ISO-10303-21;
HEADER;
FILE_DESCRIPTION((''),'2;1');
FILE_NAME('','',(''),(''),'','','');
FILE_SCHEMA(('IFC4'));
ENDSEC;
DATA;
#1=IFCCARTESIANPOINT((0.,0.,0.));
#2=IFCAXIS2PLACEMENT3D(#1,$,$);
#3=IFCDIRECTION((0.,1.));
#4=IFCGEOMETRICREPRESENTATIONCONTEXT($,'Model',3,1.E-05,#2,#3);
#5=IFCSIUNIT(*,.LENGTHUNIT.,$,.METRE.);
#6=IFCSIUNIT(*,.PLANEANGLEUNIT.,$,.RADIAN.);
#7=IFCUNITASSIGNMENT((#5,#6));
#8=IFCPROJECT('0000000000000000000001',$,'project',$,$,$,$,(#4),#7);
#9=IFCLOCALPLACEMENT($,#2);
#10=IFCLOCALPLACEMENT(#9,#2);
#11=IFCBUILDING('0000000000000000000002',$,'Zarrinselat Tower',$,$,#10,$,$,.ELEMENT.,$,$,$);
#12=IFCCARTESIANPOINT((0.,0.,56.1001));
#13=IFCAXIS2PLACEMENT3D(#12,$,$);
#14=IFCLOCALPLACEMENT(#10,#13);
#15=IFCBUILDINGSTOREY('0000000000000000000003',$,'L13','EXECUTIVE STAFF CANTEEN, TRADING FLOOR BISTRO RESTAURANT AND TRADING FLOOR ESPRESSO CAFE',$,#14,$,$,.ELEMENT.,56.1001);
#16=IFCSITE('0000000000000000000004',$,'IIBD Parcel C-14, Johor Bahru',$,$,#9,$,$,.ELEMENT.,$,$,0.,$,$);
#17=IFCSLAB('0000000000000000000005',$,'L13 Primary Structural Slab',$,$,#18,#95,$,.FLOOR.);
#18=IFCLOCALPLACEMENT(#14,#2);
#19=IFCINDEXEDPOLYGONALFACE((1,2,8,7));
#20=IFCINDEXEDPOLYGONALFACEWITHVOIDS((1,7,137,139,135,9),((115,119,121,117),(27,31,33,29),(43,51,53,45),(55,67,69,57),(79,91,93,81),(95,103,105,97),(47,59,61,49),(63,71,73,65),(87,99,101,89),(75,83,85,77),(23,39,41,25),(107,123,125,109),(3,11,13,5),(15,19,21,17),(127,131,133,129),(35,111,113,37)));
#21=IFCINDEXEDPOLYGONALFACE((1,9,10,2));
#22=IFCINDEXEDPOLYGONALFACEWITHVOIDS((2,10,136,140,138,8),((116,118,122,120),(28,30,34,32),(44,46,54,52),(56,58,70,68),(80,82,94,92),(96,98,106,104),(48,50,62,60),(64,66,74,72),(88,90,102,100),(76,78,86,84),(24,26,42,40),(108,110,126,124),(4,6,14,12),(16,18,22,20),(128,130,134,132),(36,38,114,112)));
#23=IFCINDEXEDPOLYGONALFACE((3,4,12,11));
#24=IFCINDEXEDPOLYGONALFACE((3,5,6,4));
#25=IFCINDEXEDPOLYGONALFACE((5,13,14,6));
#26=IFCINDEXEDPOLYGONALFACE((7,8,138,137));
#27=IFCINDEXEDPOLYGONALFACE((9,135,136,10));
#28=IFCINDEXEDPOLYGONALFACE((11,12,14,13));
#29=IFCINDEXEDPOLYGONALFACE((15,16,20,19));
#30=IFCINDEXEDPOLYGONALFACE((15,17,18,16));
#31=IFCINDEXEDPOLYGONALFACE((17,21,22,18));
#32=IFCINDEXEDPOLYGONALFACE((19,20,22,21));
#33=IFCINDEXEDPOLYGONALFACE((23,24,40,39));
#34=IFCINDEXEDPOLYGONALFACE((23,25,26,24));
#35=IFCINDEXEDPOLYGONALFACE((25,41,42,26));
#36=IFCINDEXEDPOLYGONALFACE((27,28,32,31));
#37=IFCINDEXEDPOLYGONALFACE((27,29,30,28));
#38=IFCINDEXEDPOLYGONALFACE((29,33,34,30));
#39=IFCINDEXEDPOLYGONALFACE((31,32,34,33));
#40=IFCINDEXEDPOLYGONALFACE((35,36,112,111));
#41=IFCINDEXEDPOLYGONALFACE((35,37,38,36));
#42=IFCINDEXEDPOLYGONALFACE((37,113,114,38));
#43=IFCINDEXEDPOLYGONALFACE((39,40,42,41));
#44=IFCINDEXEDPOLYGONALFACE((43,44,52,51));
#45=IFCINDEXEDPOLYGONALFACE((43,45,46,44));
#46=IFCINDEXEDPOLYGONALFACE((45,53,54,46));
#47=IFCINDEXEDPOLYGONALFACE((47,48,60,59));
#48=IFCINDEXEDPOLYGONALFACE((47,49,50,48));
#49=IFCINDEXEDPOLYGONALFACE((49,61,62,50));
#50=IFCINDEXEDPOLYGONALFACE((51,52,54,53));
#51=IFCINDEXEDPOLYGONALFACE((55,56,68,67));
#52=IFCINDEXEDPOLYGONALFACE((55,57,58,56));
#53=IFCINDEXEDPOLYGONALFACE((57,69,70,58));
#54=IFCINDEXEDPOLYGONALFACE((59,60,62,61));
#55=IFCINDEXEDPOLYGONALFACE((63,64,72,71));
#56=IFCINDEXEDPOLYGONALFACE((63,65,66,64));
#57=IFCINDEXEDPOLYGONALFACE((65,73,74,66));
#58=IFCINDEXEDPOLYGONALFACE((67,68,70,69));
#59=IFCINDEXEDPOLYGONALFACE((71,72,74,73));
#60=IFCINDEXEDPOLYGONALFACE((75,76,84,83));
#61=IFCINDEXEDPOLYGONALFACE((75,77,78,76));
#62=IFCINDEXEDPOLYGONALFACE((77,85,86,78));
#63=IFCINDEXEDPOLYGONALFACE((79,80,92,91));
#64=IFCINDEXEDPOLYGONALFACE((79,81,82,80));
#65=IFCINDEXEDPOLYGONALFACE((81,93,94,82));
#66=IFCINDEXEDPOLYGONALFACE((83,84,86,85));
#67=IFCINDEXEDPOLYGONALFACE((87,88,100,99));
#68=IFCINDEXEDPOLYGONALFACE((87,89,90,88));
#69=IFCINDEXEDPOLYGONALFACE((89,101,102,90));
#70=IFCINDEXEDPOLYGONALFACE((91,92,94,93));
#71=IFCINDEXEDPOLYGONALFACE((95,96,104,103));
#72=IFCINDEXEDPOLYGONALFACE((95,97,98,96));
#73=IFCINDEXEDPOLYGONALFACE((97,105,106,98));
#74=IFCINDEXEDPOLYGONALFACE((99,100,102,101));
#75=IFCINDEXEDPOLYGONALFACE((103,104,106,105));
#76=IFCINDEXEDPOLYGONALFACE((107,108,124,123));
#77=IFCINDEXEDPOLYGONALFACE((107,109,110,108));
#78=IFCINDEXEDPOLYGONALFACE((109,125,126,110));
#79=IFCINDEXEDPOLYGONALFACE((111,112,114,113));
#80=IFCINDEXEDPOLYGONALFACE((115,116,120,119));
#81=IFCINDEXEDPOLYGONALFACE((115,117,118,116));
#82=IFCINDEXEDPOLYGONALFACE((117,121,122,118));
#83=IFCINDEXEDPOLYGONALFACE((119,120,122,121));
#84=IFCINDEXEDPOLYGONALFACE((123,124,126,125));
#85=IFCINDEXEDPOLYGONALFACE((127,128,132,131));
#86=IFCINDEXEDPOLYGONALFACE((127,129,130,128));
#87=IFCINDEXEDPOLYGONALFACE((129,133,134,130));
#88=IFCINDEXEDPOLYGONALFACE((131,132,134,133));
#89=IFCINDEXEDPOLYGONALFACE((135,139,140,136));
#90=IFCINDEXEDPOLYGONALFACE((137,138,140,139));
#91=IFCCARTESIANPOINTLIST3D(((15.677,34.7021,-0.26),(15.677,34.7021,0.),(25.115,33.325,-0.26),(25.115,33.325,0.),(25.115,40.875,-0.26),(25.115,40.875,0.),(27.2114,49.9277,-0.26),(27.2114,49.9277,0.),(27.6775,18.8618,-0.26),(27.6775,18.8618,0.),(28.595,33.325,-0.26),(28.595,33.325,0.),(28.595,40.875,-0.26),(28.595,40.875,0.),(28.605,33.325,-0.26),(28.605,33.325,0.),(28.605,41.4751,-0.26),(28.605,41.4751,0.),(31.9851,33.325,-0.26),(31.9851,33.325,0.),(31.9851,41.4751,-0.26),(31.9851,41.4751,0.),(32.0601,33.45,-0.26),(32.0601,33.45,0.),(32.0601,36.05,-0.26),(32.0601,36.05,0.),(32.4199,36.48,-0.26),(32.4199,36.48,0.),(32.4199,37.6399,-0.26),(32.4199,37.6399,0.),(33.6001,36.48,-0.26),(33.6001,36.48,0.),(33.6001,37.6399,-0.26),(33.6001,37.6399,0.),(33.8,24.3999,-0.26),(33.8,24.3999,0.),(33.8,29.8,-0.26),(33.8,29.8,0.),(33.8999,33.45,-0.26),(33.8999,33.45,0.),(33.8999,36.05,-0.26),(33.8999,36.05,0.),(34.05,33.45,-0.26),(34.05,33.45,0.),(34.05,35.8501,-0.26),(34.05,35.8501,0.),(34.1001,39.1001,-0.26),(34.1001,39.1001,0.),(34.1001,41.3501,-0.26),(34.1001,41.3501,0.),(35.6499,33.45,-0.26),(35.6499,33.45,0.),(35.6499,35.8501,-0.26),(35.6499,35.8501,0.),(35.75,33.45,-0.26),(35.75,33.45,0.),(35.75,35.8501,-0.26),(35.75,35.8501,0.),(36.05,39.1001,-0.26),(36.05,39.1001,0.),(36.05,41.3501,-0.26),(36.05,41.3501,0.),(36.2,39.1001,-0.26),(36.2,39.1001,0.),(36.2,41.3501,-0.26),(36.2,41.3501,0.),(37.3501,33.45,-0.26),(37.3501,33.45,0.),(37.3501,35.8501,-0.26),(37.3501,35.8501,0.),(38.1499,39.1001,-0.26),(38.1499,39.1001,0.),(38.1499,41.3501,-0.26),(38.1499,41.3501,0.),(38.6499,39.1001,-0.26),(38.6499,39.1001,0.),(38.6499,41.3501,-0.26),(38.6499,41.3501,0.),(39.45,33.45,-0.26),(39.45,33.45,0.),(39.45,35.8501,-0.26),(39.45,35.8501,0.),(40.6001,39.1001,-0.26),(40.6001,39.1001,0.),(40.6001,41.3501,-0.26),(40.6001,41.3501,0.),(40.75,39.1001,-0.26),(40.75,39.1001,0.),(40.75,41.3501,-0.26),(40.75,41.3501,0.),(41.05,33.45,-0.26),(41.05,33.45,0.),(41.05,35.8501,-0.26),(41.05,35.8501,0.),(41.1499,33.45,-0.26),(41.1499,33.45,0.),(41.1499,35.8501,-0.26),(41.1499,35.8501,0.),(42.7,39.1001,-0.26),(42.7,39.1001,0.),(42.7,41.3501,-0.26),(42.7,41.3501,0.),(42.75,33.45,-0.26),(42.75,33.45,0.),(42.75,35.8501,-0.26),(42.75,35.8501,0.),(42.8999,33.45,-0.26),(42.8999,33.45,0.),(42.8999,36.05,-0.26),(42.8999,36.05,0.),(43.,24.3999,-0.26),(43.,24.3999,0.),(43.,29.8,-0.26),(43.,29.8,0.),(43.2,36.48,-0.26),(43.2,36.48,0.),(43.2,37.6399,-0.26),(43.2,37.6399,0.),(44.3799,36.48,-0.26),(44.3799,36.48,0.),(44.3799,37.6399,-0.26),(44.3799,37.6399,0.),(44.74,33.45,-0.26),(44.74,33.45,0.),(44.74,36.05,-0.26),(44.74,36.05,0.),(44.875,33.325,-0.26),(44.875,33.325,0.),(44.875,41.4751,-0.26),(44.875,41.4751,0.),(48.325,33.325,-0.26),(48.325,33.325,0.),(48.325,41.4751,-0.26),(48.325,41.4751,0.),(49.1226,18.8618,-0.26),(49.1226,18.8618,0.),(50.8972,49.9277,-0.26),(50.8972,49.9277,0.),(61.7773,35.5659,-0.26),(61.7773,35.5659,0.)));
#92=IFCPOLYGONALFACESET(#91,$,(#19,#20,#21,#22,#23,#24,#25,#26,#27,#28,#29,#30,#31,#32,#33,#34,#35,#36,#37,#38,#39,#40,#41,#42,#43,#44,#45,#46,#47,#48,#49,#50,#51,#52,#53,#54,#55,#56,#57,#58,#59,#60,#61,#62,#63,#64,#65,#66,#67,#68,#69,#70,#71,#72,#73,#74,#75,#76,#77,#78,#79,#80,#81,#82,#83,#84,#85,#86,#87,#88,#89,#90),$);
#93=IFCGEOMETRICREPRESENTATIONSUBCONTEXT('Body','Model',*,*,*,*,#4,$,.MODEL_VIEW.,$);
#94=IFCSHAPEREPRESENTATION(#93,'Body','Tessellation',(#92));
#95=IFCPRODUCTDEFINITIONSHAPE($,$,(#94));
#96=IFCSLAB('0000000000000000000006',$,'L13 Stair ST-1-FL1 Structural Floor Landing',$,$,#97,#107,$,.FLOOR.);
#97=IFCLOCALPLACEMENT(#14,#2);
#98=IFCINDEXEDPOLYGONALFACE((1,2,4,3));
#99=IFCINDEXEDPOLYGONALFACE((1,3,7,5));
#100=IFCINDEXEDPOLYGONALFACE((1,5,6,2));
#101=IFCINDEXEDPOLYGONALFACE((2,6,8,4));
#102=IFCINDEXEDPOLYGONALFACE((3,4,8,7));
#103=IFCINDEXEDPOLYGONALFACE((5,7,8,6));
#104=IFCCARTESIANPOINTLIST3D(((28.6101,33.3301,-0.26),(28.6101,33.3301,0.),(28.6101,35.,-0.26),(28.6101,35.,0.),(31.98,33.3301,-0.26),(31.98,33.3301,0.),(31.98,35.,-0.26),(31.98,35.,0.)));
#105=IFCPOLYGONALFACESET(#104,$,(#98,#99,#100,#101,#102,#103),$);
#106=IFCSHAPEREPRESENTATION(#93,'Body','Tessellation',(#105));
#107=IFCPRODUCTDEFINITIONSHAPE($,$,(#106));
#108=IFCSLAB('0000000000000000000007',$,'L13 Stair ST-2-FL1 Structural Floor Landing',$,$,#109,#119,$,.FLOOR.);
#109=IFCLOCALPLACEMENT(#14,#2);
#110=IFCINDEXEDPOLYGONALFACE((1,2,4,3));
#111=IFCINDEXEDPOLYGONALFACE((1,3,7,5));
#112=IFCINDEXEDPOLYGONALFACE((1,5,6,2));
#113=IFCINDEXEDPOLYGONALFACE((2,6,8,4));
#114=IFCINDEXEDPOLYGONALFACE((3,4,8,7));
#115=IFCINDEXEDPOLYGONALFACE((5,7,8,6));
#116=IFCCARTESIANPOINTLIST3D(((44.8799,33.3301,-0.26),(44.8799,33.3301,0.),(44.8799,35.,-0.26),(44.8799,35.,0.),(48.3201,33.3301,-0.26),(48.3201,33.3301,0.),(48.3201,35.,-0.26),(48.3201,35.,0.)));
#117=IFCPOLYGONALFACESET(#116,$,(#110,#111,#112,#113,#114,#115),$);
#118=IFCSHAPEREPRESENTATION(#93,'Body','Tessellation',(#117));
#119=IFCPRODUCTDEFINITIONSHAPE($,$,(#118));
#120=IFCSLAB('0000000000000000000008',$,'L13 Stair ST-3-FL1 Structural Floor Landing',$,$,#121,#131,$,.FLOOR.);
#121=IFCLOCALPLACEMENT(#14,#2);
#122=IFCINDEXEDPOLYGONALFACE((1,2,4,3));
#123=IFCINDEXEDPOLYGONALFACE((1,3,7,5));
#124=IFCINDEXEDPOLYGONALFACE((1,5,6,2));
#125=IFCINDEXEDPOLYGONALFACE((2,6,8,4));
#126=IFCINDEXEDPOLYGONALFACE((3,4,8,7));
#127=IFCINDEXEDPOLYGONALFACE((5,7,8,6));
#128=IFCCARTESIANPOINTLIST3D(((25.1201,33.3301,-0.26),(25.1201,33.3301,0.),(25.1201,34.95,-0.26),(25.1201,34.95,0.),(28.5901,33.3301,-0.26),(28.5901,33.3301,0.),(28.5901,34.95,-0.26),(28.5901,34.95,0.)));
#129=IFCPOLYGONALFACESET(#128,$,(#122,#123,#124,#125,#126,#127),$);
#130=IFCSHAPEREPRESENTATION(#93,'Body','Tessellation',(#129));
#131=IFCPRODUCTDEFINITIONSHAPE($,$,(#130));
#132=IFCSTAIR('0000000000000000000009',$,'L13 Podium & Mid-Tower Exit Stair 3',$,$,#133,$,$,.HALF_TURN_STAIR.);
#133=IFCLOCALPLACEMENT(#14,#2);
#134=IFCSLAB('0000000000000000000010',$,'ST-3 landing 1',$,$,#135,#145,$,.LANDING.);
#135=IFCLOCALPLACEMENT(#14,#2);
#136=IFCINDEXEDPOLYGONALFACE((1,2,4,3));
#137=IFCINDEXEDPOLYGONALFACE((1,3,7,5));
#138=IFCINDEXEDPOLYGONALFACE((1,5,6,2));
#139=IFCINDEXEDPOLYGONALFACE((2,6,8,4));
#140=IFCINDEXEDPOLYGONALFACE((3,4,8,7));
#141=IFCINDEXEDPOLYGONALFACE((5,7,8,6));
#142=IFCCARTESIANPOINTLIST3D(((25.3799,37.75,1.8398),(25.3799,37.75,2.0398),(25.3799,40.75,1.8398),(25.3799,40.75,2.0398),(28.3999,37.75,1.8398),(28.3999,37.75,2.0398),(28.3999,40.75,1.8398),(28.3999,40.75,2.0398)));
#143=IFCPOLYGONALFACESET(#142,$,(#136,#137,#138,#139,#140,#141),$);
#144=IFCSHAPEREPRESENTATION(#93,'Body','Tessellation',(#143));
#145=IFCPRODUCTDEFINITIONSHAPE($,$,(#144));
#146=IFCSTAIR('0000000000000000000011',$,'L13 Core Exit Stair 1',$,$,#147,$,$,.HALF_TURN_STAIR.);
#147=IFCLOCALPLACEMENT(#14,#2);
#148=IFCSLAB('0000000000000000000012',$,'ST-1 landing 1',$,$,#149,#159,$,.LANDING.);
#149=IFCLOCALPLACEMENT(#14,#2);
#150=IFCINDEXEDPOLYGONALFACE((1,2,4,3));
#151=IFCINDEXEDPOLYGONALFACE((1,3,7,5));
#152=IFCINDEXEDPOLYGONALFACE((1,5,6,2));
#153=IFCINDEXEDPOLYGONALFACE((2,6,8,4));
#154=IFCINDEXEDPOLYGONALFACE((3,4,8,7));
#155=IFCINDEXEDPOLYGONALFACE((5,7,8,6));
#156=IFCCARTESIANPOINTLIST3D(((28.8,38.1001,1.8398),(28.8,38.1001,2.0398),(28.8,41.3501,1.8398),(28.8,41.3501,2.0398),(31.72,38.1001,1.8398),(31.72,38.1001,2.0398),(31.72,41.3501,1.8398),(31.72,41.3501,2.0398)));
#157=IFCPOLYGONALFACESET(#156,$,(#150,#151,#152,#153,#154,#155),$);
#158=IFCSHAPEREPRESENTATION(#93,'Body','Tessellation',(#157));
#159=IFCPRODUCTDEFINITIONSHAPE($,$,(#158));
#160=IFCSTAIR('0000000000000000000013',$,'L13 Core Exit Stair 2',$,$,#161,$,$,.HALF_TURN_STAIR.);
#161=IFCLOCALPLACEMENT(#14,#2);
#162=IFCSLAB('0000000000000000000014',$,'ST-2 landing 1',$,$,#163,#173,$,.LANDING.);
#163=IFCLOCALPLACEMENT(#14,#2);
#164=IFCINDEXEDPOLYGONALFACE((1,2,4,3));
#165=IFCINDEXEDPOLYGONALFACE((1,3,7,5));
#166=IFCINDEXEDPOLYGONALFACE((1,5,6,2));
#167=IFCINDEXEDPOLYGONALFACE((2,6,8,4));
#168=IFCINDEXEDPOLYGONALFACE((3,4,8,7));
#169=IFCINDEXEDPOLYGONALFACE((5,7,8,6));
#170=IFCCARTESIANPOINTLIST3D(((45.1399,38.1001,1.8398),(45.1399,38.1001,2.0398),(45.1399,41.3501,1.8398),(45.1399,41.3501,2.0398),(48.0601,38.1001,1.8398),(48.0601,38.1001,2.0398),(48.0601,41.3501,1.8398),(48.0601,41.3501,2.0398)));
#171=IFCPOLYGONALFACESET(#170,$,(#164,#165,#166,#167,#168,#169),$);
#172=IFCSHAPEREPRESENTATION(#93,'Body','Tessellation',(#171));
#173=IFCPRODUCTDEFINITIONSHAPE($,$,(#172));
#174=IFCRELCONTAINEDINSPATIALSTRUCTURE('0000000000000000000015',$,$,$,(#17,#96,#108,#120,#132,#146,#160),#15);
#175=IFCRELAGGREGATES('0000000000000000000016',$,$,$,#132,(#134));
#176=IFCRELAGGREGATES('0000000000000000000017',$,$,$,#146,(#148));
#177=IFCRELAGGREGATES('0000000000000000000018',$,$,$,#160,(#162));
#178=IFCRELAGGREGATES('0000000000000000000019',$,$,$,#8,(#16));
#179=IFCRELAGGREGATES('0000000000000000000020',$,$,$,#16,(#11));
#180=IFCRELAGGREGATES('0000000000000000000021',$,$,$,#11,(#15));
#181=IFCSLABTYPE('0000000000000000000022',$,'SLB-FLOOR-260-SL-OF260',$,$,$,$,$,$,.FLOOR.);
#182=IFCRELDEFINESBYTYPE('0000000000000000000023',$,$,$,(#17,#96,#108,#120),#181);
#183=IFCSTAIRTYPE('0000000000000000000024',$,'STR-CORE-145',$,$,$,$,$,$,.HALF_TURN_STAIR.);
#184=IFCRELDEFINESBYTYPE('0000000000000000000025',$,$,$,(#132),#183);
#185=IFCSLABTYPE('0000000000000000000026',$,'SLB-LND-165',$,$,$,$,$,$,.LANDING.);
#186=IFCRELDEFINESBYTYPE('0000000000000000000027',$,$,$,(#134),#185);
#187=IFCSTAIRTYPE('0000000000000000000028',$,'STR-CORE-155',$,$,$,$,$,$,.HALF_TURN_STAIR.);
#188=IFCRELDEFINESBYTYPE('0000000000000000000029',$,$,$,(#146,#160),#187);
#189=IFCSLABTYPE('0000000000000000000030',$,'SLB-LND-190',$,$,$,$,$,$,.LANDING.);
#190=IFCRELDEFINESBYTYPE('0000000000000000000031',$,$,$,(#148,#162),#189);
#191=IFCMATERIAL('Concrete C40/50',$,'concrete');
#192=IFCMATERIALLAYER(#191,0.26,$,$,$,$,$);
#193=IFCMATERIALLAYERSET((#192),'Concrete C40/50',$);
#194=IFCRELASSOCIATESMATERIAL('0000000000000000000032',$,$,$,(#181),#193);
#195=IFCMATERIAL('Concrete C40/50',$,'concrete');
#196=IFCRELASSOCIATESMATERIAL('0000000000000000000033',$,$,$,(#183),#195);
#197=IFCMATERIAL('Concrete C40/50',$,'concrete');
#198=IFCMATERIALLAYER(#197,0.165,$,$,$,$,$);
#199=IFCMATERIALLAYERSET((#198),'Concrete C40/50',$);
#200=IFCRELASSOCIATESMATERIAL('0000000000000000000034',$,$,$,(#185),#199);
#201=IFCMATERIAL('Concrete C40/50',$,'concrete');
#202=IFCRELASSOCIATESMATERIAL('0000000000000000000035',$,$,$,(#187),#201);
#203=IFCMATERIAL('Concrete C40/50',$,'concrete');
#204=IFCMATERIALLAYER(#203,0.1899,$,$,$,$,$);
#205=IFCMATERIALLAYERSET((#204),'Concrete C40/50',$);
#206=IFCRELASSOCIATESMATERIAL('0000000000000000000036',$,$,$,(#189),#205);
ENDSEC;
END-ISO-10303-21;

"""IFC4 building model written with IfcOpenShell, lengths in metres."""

from ifc_helpers import new_model, si_unit, direction, frame, origin, place, context, subcontext, project, spatial, polyline, outline, extrude, material, layer, layer_set, type_object, element, aggregate, save


model = new_model("IFC4")

# Units and contexts
model_context = context("Model", 3, precision=1e-05, world=origin(), true_north=direction((0.0, 1.0)))
body_context = subcontext(model_context, "Body", "Model", "MODEL_VIEW")
ifc_project = project(units=[si_unit("LENGTHUNIT", "METRE"), si_unit("PLANEANGLEUNIT", "RADIAN")], contexts=[model_context])

# Site, building, storey
site_placement = place(None, origin())
site = spatial("IfcSite", under=ifc_project, at=site_placement, Name="IIBD Parcel C-14, Johor Bahru", CompositionType="ELEMENT", RefElevation=0.0)
building_placement = place(site_placement, origin())
building = spatial("IfcBuilding", under=site, at=building_placement, Name="Zarrinselat Tower", CompositionType="ELEMENT")
storey_placement = place(building_placement, frame((0.0, 0.0, 56.1001)))
storey = spatial("IfcBuildingStorey", under=building, at=storey_placement, Name="L13", Description="EXECUTIVE STAFF CANTEEN, TRADING FLOOR BISTRO RESTAURANT AND TRADING FLOOR ESPRESSO CAFE", CompositionType="ELEMENT", Elevation=56.1001)

# Slabs
ifc_material_1 = material(Name="Concrete C40/50", Category="concrete")
ifc_layer_1 = layer(ifc_material_1, 0.26)
ifc_layer_set_1 = layer_set([ifc_layer_1], Name="Concrete C40/50")
slab_type_1 = type_object("IfcSlabType", Name="SLB-FLOOR-260-SL-OF260", PredefinedType="FLOOR", material=ifc_layer_set_1)
slab_1_placement = place(storey_placement, frame((0.0, 0.0, -0.26)))
element("IfcSlab", 1, at=slab_1_placement, inside=storey, type_object=slab_type_1, Name="L13 Primary Structural Slab", PredefinedType="FLOOR", context=body_context, shape_type="SweptSolid", body=[
    extrude(outline(polyline([(50.8972, 49.9277), (27.2114, 49.9277), (15.677, 34.7021), (27.6775, 18.8618), (49.1226, 18.8618), (61.7773, 35.5659), (50.8972, 49.9277)]), holes=[polyline([(34.05, 33.45), (34.05, 35.8501), (35.6499, 35.8501), (35.6499, 33.45), (34.05, 33.45)]), polyline([(35.75, 33.45), (35.75, 35.8501), (37.3501, 35.8501), (37.3501, 33.45), (35.75, 33.45)]), polyline([(32.0601, 33.45), (32.0601, 36.05), (33.8999, 36.05), (33.8999, 33.45), (32.0601, 33.45)]), polyline([(32.4199, 36.48), (32.4199, 37.6399), (33.6001, 37.6399), (33.6001, 36.48), (32.4199, 36.48)]), polyline([(28.595, 33.325), (25.115, 33.325), (25.115, 40.875), (28.595, 40.875), (28.595, 33.325)]), polyline([(31.9851, 33.325), (28.605, 33.325), (28.605, 41.4751), (31.9851, 41.4751), (31.9851, 33.325)]), polyline([(34.1001, 39.1001), (34.1001, 41.3501), (36.05, 41.3501), (36.05, 39.1001), (34.1001, 39.1001)]), polyline([(36.2, 39.1001), (36.2, 41.3501), (38.1499, 41.3501), (38.1499, 39.1001), (36.2, 39.1001)]), polyline([(33.8, 24.3999), (33.8, 29.8), (43.0, 29.8), (43.0, 24.3999), (33.8, 24.3999)]), polyline([(39.45, 33.45), (39.45, 35.8501), (41.05, 35.8501), (41.05, 33.45), (39.45, 33.45)]), polyline([(41.1499, 33.45), (41.1499, 35.8501), (42.75, 35.8501), (42.75, 33.45), (41.1499, 33.45)]), polyline([(42.8999, 33.45), (42.8999, 36.05), (44.74, 36.05), (44.74, 33.45), (42.8999, 33.45)]), polyline([(43.2, 36.48), (43.2, 37.6399), (44.3799, 37.6399), (44.3799, 36.48), (43.2, 36.48)]), polyline([(48.325, 33.325), (44.875, 33.325), (44.875, 41.4751), (48.325, 41.4751), (48.325, 33.325)]), polyline([(38.6499, 39.1001), (38.6499, 41.3501), (40.6001, 41.3501), (40.6001, 39.1001), (38.6499, 39.1001)]), polyline([(40.75, 39.1001), (40.75, 41.3501), (42.7, 41.3501), (42.7, 39.1001), (40.75, 39.1001)])]), origin(), (0.0, 0.0, 1.0), 0.26),
])
slab_2_placement = place(storey_placement, frame((0.0, 0.0, -0.26)))
element("IfcSlab", 2, at=slab_2_placement, inside=storey, type_object=slab_type_1, Name="L13 Stair ST-1-FL1 Structural Floor Landing", PredefinedType="FLOOR", context=body_context, shape_type="SweptSolid", body=[
    extrude(outline(polyline([(31.98, 33.3301), (31.98, 35.0), (28.6101, 35.0), (28.6101, 33.3301), (31.98, 33.3301)])), origin(), (0.0, 0.0, 1.0), 0.26),
])
slab_3_placement = place(storey_placement, frame((0.0, 0.0, -0.26)))
element("IfcSlab", 3, at=slab_3_placement, inside=storey, type_object=slab_type_1, Name="L13 Stair ST-2-FL1 Structural Floor Landing", PredefinedType="FLOOR", context=body_context, shape_type="SweptSolid", body=[
    extrude(outline(polyline([(48.3201, 33.3301), (48.3201, 35.0), (44.8799, 35.0), (44.8799, 33.3301), (48.3201, 33.3301)])), origin(), (0.0, 0.0, 1.0), 0.26),
])
slab_4_placement = place(storey_placement, frame((0.0, 0.0, -0.26)))
element("IfcSlab", 4, at=slab_4_placement, inside=storey, type_object=slab_type_1, Name="L13 Stair ST-3-FL1 Structural Floor Landing", PredefinedType="FLOOR", context=body_context, shape_type="SweptSolid", body=[
    extrude(outline(polyline([(28.5901, 33.3301), (28.5901, 34.95), (25.1201, 34.95), (25.1201, 33.3301), (28.5901, 33.3301)])), origin(), (0.0, 0.0, 1.0), 0.26),
])

# Stairs, slabs
ifc_material_2 = material(Name="Concrete C40/50", Category="concrete")
stair_type_1 = type_object("IfcStairType", Name="STR-CORE-145", PredefinedType="HALF_TURN_STAIR", material=ifc_material_2)
stair_1_placement = place(storey_placement, origin())
stair_1 = element("IfcStair", 5, at=stair_1_placement, inside=storey, type_object=stair_type_1, Name="L13 Podium & Mid-Tower Exit Stair 3", PredefinedType="HALF_TURN_STAIR")
ifc_material_3 = material(Name="Concrete C40/50", Category="concrete")
ifc_layer_2 = layer(ifc_material_3, 0.165)
ifc_layer_set_2 = layer_set([ifc_layer_2], Name="Concrete C40/50")
slab_type_2 = type_object("IfcSlabType", Name="SLB-LND-165", PredefinedType="LANDING", material=ifc_layer_set_2)
slab_5_placement = place(storey_placement, frame((0.0, 0.0, 1.8398)))
slab_5 = element("IfcSlab", 6, at=slab_5_placement, type_object=slab_type_2, Name="ST-3 landing 1", PredefinedType="LANDING", context=body_context, shape_type="SweptSolid", body=[
    extrude(outline(polyline([(28.3999, 37.75), (28.3999, 40.75), (25.3799, 40.75), (25.3799, 37.75), (28.3999, 37.75)])), origin(), (0.0, 0.0, 1.0), 0.2),
])
aggregate(stair_1, [slab_5])
ifc_material_4 = material(Name="Concrete C40/50", Category="concrete")
stair_type_2 = type_object("IfcStairType", Name="STR-CORE-155", PredefinedType="HALF_TURN_STAIR", material=ifc_material_4)
stair_2_placement = place(storey_placement, origin())
stair_2 = element("IfcStair", 7, at=stair_2_placement, inside=storey, type_object=stair_type_2, Name="L13 Core Exit Stair 1", PredefinedType="HALF_TURN_STAIR")
ifc_material_5 = material(Name="Concrete C40/50", Category="concrete")
ifc_layer_3 = layer(ifc_material_5, 0.1899)
ifc_layer_set_3 = layer_set([ifc_layer_3], Name="Concrete C40/50")
slab_type_3 = type_object("IfcSlabType", Name="SLB-LND-190", PredefinedType="LANDING", material=ifc_layer_set_3)
slab_6_placement = place(storey_placement, frame((0.0, 0.0, 1.8398)))
slab_6 = element("IfcSlab", 8, at=slab_6_placement, type_object=slab_type_3, Name="ST-1 landing 1", PredefinedType="LANDING", context=body_context, shape_type="SweptSolid", body=[
    extrude(outline(polyline([(31.72, 38.1001), (31.72, 41.3501), (28.8, 41.3501), (28.8, 38.1001), (31.72, 38.1001)])), origin(), (0.0, 0.0, 1.0), 0.2),
])
aggregate(stair_2, [slab_6])
stair_3_placement = place(storey_placement, origin())
stair_3 = element("IfcStair", 9, at=stair_3_placement, inside=storey, type_object=stair_type_2, Name="L13 Core Exit Stair 2", PredefinedType="HALF_TURN_STAIR")
slab_7_placement = place(storey_placement, frame((0.0, 0.0, 1.8398)))
slab_7 = element("IfcSlab", 10, at=slab_7_placement, type_object=slab_type_3, Name="ST-2 landing 1", PredefinedType="LANDING", context=body_context, shape_type="SweptSolid", body=[
    extrude(outline(polyline([(48.0601, 38.1001), (48.0601, 41.3501), (45.1399, 41.3501), (45.1399, 38.1001), (48.0601, 38.1001)])), origin(), (0.0, 0.0, 1.0), 0.2),
])
aggregate(stair_3, [slab_7])

save(model, "model.ifc")
